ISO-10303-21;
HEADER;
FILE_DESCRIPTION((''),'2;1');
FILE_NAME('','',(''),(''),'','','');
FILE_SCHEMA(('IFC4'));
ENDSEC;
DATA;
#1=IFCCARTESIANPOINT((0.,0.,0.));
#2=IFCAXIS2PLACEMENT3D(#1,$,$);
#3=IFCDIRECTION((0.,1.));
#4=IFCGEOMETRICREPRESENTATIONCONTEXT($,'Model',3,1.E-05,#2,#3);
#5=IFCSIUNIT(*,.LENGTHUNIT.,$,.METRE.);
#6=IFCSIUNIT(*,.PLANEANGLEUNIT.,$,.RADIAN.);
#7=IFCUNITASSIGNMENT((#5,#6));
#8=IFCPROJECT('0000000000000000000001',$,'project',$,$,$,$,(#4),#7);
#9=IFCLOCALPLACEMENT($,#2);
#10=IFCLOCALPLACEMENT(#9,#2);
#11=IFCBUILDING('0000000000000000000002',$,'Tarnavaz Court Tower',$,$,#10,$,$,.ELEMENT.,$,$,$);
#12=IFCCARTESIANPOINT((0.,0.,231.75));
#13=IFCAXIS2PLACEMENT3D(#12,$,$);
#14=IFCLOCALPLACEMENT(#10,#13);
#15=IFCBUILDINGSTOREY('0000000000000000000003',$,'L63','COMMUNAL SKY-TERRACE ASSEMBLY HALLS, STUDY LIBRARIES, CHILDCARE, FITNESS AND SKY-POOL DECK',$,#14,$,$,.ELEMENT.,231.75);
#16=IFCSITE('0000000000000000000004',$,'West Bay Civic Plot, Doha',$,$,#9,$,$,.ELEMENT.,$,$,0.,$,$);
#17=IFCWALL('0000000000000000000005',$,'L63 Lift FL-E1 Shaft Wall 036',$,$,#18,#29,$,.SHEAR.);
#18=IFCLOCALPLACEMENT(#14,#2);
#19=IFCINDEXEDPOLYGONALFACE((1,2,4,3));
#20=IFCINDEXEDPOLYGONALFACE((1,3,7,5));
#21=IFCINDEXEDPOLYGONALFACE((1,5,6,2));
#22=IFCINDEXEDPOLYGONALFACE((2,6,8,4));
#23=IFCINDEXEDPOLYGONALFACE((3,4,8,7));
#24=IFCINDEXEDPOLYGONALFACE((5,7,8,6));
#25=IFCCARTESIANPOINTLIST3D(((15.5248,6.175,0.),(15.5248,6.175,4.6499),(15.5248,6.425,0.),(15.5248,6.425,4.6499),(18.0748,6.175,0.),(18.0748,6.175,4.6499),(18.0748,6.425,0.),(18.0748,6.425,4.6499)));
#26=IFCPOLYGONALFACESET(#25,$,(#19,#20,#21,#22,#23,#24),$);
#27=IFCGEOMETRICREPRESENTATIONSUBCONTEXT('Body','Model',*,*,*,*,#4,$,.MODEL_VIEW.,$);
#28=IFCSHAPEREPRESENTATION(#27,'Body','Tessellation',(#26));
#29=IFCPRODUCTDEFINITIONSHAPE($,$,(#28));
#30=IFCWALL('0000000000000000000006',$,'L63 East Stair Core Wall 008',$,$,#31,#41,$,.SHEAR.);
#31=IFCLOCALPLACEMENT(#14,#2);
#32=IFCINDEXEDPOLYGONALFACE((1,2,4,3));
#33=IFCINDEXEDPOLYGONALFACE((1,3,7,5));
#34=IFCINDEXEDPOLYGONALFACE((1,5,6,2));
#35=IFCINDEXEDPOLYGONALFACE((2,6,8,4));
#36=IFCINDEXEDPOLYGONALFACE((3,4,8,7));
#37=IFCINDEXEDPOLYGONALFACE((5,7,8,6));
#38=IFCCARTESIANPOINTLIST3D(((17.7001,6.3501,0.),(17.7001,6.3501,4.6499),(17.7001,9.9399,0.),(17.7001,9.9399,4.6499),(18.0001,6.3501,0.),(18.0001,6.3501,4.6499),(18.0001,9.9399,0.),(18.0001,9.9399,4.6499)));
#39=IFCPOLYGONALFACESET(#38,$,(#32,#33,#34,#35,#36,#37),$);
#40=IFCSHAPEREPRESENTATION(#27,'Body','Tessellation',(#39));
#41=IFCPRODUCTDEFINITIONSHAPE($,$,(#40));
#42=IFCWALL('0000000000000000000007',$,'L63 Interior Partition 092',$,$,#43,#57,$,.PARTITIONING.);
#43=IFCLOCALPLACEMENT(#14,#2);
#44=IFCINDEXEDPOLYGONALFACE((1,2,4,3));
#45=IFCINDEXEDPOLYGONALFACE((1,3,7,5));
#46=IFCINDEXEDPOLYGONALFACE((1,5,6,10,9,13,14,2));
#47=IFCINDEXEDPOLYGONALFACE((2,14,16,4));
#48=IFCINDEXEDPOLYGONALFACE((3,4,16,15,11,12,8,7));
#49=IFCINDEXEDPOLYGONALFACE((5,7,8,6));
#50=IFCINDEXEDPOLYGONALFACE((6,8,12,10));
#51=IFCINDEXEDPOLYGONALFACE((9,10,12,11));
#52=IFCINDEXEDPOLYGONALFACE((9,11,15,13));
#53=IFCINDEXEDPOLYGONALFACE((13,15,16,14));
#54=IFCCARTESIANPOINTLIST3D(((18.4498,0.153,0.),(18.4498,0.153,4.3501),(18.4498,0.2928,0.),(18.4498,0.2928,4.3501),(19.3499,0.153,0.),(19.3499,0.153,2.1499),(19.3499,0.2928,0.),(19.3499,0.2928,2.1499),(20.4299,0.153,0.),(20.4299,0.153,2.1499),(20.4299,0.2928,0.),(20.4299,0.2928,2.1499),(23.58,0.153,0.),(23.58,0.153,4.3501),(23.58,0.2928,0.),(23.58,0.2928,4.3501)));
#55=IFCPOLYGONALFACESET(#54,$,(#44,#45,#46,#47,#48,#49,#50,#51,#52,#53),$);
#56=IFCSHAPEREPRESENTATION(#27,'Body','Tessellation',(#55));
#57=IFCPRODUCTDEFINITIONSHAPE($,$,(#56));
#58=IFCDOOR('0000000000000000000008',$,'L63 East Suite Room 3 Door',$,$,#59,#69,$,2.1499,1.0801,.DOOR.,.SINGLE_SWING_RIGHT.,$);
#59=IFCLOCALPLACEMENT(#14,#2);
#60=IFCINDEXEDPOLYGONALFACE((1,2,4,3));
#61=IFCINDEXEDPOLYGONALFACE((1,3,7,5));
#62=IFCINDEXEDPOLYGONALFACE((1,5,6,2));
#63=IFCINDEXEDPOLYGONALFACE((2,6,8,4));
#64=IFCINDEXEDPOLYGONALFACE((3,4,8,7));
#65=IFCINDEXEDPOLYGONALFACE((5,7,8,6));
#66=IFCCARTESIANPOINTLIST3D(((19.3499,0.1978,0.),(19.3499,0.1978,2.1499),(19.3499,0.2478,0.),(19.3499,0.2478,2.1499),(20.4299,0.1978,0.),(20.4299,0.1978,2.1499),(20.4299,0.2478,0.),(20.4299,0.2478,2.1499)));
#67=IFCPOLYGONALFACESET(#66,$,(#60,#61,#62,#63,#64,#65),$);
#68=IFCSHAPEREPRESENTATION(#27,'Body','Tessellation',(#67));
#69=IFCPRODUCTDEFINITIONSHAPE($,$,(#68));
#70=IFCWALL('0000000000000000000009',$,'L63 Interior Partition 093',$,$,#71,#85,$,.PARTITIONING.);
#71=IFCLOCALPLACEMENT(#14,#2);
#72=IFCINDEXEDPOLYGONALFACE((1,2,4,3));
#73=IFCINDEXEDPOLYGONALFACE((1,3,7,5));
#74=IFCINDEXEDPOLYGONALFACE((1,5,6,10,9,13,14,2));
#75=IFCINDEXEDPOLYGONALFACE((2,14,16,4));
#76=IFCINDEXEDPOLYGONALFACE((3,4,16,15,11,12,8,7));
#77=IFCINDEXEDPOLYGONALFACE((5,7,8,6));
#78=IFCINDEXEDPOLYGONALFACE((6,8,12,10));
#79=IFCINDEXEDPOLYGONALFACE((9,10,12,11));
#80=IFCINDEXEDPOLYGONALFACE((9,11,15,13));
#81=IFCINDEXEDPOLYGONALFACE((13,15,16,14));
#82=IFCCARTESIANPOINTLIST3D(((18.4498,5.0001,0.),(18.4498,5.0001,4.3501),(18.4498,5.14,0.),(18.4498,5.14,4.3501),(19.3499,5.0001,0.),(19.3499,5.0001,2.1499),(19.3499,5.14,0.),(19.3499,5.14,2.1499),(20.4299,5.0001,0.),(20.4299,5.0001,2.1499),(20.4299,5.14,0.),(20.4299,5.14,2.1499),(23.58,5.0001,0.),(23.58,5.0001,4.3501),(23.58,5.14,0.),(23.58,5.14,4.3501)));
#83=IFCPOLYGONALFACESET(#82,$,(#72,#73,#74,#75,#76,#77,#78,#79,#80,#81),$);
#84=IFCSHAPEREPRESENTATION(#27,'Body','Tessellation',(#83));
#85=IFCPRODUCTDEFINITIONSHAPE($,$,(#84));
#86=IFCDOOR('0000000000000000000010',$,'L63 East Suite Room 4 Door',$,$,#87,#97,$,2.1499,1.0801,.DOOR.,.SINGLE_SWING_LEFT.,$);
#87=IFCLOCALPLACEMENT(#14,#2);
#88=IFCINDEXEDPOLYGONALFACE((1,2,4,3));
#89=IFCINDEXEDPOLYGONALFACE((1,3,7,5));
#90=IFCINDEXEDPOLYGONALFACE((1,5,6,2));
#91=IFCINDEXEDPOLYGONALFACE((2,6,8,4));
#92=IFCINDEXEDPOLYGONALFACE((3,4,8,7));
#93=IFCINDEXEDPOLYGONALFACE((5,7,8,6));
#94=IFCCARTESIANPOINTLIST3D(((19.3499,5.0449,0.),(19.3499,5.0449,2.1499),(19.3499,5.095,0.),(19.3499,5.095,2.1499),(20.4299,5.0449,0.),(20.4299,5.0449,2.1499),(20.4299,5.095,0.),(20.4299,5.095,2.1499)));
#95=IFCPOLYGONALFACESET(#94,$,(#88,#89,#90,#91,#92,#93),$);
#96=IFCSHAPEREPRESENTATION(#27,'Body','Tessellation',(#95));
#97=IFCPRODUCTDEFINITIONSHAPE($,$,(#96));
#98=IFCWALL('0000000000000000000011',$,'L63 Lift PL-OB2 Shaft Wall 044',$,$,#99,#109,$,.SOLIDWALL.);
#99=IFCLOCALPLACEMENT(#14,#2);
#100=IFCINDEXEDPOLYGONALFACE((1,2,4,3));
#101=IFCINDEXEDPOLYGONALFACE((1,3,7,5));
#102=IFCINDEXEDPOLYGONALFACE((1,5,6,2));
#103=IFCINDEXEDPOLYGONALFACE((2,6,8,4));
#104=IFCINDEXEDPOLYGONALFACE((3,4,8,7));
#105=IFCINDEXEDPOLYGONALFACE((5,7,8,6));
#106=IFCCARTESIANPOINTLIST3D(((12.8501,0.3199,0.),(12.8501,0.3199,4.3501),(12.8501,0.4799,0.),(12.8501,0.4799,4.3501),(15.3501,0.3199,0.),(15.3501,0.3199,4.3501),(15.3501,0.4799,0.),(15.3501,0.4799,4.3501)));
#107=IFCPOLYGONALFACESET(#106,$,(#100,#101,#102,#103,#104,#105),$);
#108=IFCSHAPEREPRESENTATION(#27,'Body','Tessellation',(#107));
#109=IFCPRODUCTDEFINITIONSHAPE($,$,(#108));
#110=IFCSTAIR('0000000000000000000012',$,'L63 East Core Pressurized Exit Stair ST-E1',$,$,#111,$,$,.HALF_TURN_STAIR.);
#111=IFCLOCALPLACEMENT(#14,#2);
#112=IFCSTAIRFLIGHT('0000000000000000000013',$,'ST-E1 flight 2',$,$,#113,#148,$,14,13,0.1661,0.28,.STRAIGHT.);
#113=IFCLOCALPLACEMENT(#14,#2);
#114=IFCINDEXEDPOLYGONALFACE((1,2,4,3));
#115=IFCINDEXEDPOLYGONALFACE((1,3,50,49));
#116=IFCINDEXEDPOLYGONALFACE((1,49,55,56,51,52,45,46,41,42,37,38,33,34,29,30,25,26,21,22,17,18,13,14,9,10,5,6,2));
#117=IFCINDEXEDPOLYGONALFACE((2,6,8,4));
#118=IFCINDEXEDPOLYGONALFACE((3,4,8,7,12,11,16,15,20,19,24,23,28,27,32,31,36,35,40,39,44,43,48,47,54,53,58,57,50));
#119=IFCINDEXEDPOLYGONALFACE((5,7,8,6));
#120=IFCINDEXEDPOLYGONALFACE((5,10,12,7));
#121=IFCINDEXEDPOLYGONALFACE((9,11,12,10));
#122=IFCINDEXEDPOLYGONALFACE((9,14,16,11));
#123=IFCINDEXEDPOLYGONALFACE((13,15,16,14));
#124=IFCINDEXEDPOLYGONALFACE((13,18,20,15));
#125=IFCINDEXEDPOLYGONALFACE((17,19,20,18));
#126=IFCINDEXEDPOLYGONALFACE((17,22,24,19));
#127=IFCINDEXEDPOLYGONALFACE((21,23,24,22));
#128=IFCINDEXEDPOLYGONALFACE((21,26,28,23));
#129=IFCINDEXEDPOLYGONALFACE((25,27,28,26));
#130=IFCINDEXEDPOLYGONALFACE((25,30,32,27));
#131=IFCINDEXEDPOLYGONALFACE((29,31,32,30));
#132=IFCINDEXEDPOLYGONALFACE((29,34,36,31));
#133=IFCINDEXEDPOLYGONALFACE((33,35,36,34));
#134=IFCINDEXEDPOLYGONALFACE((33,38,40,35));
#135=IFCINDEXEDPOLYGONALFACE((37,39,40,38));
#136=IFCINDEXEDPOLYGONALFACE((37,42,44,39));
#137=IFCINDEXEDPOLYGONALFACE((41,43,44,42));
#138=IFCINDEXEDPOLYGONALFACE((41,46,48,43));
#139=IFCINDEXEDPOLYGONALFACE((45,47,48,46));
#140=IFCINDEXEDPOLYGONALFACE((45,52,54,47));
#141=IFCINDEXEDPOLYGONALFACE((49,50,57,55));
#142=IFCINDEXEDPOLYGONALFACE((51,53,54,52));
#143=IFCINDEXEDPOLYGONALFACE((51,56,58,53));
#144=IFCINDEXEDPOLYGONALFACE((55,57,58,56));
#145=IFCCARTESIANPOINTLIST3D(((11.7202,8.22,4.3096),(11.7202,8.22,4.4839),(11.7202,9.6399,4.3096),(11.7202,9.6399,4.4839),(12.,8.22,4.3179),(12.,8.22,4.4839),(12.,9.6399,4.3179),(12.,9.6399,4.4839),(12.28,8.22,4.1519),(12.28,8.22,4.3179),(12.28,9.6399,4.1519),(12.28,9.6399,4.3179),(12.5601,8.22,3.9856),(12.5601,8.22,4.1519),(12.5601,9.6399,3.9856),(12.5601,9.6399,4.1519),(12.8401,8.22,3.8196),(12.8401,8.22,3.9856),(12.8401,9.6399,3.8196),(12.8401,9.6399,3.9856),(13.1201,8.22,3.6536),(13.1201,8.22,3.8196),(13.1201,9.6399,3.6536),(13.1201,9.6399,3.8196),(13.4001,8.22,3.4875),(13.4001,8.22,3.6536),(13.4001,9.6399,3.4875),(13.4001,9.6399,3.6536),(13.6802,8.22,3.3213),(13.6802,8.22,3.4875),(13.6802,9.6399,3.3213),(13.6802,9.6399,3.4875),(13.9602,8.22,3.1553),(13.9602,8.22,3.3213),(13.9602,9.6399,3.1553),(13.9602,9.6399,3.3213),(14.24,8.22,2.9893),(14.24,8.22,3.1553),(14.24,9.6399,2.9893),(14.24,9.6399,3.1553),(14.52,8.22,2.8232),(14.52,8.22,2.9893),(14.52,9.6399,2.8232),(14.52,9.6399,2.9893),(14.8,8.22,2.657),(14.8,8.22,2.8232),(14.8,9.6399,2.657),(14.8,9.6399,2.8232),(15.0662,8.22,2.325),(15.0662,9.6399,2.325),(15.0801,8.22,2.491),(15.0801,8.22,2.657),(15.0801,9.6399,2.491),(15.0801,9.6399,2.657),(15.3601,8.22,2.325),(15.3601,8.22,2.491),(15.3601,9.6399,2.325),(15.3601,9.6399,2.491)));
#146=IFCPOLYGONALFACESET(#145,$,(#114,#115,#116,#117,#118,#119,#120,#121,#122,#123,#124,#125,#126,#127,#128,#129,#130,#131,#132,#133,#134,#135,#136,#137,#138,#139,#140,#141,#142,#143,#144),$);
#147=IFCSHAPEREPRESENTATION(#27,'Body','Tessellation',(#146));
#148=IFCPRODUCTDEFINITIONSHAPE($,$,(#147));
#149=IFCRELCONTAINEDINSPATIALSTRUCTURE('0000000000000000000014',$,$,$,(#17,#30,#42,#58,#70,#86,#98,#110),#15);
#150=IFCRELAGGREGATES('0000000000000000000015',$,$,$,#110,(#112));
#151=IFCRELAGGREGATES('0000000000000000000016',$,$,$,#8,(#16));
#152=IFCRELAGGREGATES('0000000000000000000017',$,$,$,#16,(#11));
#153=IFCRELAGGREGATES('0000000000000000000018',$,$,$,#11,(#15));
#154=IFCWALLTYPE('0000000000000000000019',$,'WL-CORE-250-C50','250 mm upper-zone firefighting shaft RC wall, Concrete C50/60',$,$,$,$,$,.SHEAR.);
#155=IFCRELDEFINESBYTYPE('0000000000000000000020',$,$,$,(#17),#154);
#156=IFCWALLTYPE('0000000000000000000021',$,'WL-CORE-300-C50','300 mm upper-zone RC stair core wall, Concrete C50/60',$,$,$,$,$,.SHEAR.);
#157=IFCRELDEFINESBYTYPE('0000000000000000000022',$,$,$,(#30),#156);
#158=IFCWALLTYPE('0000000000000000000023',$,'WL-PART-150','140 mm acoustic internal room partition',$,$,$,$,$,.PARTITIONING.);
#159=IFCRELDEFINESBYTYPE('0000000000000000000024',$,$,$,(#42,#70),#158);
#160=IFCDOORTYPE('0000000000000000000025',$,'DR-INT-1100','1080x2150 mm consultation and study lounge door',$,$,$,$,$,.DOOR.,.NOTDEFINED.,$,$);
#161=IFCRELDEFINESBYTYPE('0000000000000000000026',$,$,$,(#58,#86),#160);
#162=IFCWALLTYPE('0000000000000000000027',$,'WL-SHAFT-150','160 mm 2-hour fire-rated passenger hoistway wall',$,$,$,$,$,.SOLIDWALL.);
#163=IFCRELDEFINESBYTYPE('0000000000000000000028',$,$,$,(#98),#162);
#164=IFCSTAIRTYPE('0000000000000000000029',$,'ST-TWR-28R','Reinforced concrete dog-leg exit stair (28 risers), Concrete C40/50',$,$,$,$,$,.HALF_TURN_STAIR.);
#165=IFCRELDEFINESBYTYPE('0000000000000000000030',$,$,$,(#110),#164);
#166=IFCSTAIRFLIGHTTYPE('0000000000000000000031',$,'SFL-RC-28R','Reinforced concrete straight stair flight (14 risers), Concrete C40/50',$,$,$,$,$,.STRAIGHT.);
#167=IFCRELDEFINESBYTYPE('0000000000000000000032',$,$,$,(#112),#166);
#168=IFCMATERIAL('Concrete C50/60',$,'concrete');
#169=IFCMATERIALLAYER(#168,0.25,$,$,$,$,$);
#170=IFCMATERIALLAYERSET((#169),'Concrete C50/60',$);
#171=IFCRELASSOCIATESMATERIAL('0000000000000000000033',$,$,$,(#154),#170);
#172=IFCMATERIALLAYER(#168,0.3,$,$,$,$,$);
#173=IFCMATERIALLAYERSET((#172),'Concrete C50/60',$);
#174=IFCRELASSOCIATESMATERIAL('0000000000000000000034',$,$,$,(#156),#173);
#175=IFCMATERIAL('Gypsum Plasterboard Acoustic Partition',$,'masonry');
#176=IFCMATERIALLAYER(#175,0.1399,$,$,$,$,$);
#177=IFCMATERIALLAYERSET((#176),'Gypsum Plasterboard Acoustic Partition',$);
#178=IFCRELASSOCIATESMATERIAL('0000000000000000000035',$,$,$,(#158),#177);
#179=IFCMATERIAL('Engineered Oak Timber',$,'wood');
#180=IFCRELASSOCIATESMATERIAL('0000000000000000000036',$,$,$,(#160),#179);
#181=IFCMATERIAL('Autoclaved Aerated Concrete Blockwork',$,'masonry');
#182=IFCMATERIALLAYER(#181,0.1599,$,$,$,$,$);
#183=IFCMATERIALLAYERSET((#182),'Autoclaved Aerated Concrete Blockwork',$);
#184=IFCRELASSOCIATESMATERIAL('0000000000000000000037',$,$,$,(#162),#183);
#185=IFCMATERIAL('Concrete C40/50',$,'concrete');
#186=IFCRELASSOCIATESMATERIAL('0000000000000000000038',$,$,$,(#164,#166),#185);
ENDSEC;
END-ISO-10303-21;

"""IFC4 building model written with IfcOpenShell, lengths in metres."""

from ifc_helpers import new_model, si_unit, direction, frame, frame_2d, origin, place, context, subcontext, project, spatial, polyline, rectangle, outline, extrude, material, layer, layer_set, type_object, element, fill, aggregate, save


model = new_model("IFC4")

# Units and contexts
model_context = context("Model", 3, precision=1e-05, world=origin(), true_north=direction((0.0, 1.0)))
body_context = subcontext(model_context, "Body", "Model", "MODEL_VIEW")
ifc_project = project(units=[si_unit("LENGTHUNIT", "METRE"), si_unit("PLANEANGLEUNIT", "RADIAN")], contexts=[model_context])

# Site, building, storey
site_placement = place(None, origin())
site = spatial("IfcSite", under=ifc_project, at=site_placement, Name="West Bay Civic Plot, Doha", CompositionType="ELEMENT", RefElevation=0.0)
building_placement = place(site_placement, origin())
building = spatial("IfcBuilding", under=site, at=building_placement, Name="Tarnavaz Court Tower", CompositionType="ELEMENT")
storey_placement = place(building_placement, frame((0.0, 0.0, 231.75)))
storey = spatial("IfcBuildingStorey", under=building, at=storey_placement, Name="L63", Description="COMMUNAL SKY-TERRACE ASSEMBLY HALLS, STUDY LIBRARIES, CHILDCARE, FITNESS AND SKY-POOL DECK", CompositionType="ELEMENT", Elevation=231.75)

# Shared definitions
ifc_material_1 = material(Name="Concrete C50/60", Category="concrete")

# Shared definitions
ifc_layer_1 = layer(ifc_material_1, 0.25)
ifc_layer_set_1 = layer_set([ifc_layer_1], Name="Concrete C50/60")
wall_type_1 = type_object("IfcWallType", Name="WL-CORE-250-C50", Description="250 mm upper-zone firefighting shaft RC wall, Concrete C50/60", PredefinedType="SHEAR", material=ifc_layer_set_1)

# Walls
for number, where, z_axis, x_axis, name in (
    (1, (15.5249, 6.3, 0.0), (0.0, 0.0, 1.0), (1.0, 0.0, 0.0), "L63 Lift FL-E1 Shaft Wall 036"),
):
    element("IfcWall", number, at=place(storey_placement, frame(where, z_axis=z_axis, x_axis=x_axis)), inside=storey, type_object=wall_type_1, Name=name, PredefinedType="SHEAR", context=body_context, shape_type="SweptSolid", body=[
        extrude(rectangle(XDim=2.55, YDim=0.25, at=frame_2d((1.2749, 0.0))), origin(), (0.0, 0.0, 1.0), 4.6499),
    ])
ifc_layer_2 = layer(ifc_material_1, 0.3)
ifc_layer_set_2 = layer_set([ifc_layer_2], Name="Concrete C50/60")
wall_type_2 = type_object("IfcWallType", Name="WL-CORE-300-C50", Description="300 mm upper-zone RC stair core wall, Concrete C50/60", PredefinedType="SHEAR", material=ifc_layer_set_2)
wall_1_placement = place(storey_placement, frame((17.8501, 6.3501, 0.0), z_axis=(0.0, 0.0, 1.0), x_axis=(0.0, 1.0, 0.0)))
element("IfcWall", 2, at=wall_1_placement, inside=storey, type_object=wall_type_2, Name="L63 East Stair Core Wall 008", PredefinedType="SHEAR", context=body_context, shape_type="SweptSolid", body=[
    extrude(rectangle(XDim=3.5898, YDim=0.3, at=frame_2d((1.7949, 0.0))), origin(), (0.0, 0.0, 1.0), 4.6499),
])

# Walls, openings, doors
ifc_material_2 = material(Name="Gypsum Plasterboard Acoustic Partition", Category="masonry")
ifc_layer_3 = layer(ifc_material_2, 0.1399)
ifc_layer_set_3 = layer_set([ifc_layer_3], Name="Gypsum Plasterboard Acoustic Partition")
wall_type_3 = type_object("IfcWallType", Name="WL-PART-150", Description="140 mm acoustic internal room partition", PredefinedType="PARTITIONING", material=ifc_layer_set_3)
wall_2_placement = place(storey_placement, frame((18.45, 0.2229, 0.0), z_axis=(0.0, 0.0, 1.0), x_axis=(1.0, 0.0, 0.0)))
wall_2 = element("IfcWall", 3, at=wall_2_placement, inside=storey, type_object=wall_type_3, Name="L63 Interior Partition 092", PredefinedType="PARTITIONING", context=body_context, shape_type="SweptSolid", body=[
    extrude(rectangle(XDim=5.1301, YDim=0.1399, at=frame_2d((2.5649, 0.0))), origin(), (0.0, 0.0, 1.0), 4.3501),
])
opening_1_placement = place(wall_2_placement, frame((0.8999, 0.0, 0.0)))
opening_1 = element("IfcOpeningElement", 4, at=opening_1_placement, cuts=wall_2, PredefinedType="OPENING", context=body_context, shape_type="SweptSolid", body=[
    extrude(rectangle(XDim=1.0801, YDim=2.1499, at=frame_2d((0.54, 1.075))), frame((0.0, 0.0798, 0.0), z_axis=(0.0, -1.0, 0.0), x_axis=(1.0, 0.0, 0.0)), (0.0, 0.0, 1.0), 0.1599),
])
ifc_material_3 = material(Name="Engineered Oak Timber", Category="wood")
door_type_1 = type_object("IfcDoorType", Name="DR-INT-1100", Description="1080x2150 mm consultation and study lounge door", OperationType="NOTDEFINED", PredefinedType="DOOR", material=ifc_material_3)
door_1_placement = place(opening_1_placement, origin())
door_1 = element("IfcDoor", 5, at=door_1_placement, inside=storey, type_object=door_type_1, Name="L63 East Suite Room 3 Door", OperationType="SINGLE_SWING_RIGHT", OverallHeight=2.1499, OverallWidth=1.0801, PredefinedType="DOOR", context=body_context, shape_type="SweptSolid", body=[
    extrude(rectangle(XDim=1.0801, YDim=2.1499, at=frame_2d((0.54, 1.075))), frame((0.0, 0.0249, 0.0), z_axis=(0.0, -1.0, 0.0), x_axis=(1.0, 0.0, 0.0)), (0.0, 0.0, 1.0), 0.05),
])
fill(opening_1, door_1)
wall_3_placement = place(storey_placement, frame((18.45, 5.0701, 0.0), z_axis=(0.0, 0.0, 1.0), x_axis=(1.0, 0.0, 0.0)))
wall_3 = element("IfcWall", 6, at=wall_3_placement, inside=storey, type_object=wall_type_3, Name="L63 Interior Partition 093", PredefinedType="PARTITIONING", context=body_context, shape_type="SweptSolid", body=[
    extrude(rectangle(XDim=5.1301, YDim=0.1399, at=frame_2d((2.5649, 0.0))), origin(), (0.0, 0.0, 1.0), 4.3501),
])
opening_2_placement = place(wall_3_placement, frame((0.8999, 0.0, 0.0)))
opening_2 = element("IfcOpeningElement", 7, at=opening_2_placement, cuts=wall_3, PredefinedType="OPENING", context=body_context, shape_type="SweptSolid", body=[
    extrude(rectangle(XDim=1.0801, YDim=2.1499, at=frame_2d((0.54, 1.075))), frame((0.0, 0.0798, 0.0), z_axis=(0.0, -1.0, 0.0), x_axis=(1.0, 0.0, 0.0)), (0.0, 0.0, 1.0), 0.1599),
])
door_2_placement = place(opening_2_placement, origin())
door_2 = element("IfcDoor", 8, at=door_2_placement, inside=storey, type_object=door_type_1, Name="L63 East Suite Room 4 Door", OperationType="SINGLE_SWING_LEFT", OverallHeight=2.1499, OverallWidth=1.0801, PredefinedType="DOOR", context=body_context, shape_type="SweptSolid", body=[
    extrude(rectangle(XDim=1.0801, YDim=2.1499, at=frame_2d((0.54, 1.075))), frame((0.0, 0.0249, 0.0), z_axis=(0.0, -1.0, 0.0), x_axis=(1.0, 0.0, 0.0)), (0.0, 0.0, 1.0), 0.05),
])
fill(opening_2, door_2)

# Wall
ifc_material_4 = material(Name="Autoclaved Aerated Concrete Blockwork", Category="masonry")
ifc_layer_4 = layer(ifc_material_4, 0.1599)
ifc_layer_set_4 = layer_set([ifc_layer_4], Name="Autoclaved Aerated Concrete Blockwork")
wall_type_4 = type_object("IfcWallType", Name="WL-SHAFT-150", Description="160 mm 2-hour fire-rated passenger hoistway wall", PredefinedType="SOLIDWALL", material=ifc_layer_set_4)
wall_4_placement = place(storey_placement, frame((12.8501, 0.3999, 0.0), z_axis=(0.0, 0.0, 1.0), x_axis=(1.0, 0.0, 0.0)))
element("IfcWall", 9, at=wall_4_placement, inside=storey, type_object=wall_type_4, Name="L63 Lift PL-OB2 Shaft Wall 044", PredefinedType="SOLIDWALL", context=body_context, shape_type="SweptSolid", body=[
    extrude(rectangle(XDim=2.5, YDim=0.1599, at=frame_2d((1.25, 0.0))), origin(), (0.0, 0.0, 1.0), 4.3501),
])

# Stair, stair flight
ifc_material_5 = material(Name="Concrete C40/50", Category="concrete")
stair_type = type_object("IfcStairType", Name="ST-TWR-28R", Description="Reinforced concrete dog-leg exit stair (28 risers), Concrete C40/50", PredefinedType="HALF_TURN_STAIR", material=ifc_material_5)
stair_placement = place(storey_placement, origin())
stair = element("IfcStair", 10, at=stair_placement, inside=storey, type_object=stair_type, Name="L63 East Core Pressurized Exit Stair ST-E1", PredefinedType="HALF_TURN_STAIR")
stair_flight_type = type_object("IfcStairFlightType", Name="SFL-RC-28R", Description="Reinforced concrete straight stair flight (14 risers), Concrete C40/50", PredefinedType="STRAIGHT", material=ifc_material_5)
stair_flight_placement = place(storey_placement, frame((15.3601, 8.9299, 2.325), z_axis=(0.0, 0.0, 1.0), x_axis=(-1.0, 0.0, 0.0)))
stair_flight = element("IfcStairFlight", 11, at=stair_flight_placement, type_object=stair_flight_type, Name="ST-E1 flight 2", NumberOfRisers=14, NumberOfTreads=13, PredefinedType="STRAIGHT", RiserHeight=0.1661, TreadLength=0.28, context=body_context, shape_type="SweptSolid", body=[
    extrude(outline(polyline([(0.0, 0.0), (0.0, 0.166), (0.28, 0.166), (0.28, 0.332), (0.5601, 0.332), (0.5601, 0.4983), (0.8401, 0.4983), (0.8401, 0.6643), (1.1201, 0.6643), (1.1201, 0.8303), (1.3999, 0.8303), (1.3999, 0.9963), (1.6799, 0.9963), (1.6799, 1.1626), (1.96, 1.1626), (1.96, 1.3286), (2.24, 1.3286), (2.24, 1.4946), (2.52, 1.4946), (2.52, 1.6606), (2.8, 1.6606), (2.8, 1.8269), (3.0801, 1.8269), (3.0801, 1.9929), (3.3601, 1.9929), (3.3601, 2.1589), (3.6399, 2.1589), (3.6399, 2.325), (3.6399, 1.9846), (0.2939, 0.0), (0.0, 0.0)])), frame((0.0, 0.71, 0.0), z_axis=(0.0, -1.0, 0.0), x_axis=(1.0, 0.0, 0.0)), (0.0, 0.0, 1.0), 1.4199),
])
aggregate(stair, [stair_flight])

save(model, "model.ifc")
